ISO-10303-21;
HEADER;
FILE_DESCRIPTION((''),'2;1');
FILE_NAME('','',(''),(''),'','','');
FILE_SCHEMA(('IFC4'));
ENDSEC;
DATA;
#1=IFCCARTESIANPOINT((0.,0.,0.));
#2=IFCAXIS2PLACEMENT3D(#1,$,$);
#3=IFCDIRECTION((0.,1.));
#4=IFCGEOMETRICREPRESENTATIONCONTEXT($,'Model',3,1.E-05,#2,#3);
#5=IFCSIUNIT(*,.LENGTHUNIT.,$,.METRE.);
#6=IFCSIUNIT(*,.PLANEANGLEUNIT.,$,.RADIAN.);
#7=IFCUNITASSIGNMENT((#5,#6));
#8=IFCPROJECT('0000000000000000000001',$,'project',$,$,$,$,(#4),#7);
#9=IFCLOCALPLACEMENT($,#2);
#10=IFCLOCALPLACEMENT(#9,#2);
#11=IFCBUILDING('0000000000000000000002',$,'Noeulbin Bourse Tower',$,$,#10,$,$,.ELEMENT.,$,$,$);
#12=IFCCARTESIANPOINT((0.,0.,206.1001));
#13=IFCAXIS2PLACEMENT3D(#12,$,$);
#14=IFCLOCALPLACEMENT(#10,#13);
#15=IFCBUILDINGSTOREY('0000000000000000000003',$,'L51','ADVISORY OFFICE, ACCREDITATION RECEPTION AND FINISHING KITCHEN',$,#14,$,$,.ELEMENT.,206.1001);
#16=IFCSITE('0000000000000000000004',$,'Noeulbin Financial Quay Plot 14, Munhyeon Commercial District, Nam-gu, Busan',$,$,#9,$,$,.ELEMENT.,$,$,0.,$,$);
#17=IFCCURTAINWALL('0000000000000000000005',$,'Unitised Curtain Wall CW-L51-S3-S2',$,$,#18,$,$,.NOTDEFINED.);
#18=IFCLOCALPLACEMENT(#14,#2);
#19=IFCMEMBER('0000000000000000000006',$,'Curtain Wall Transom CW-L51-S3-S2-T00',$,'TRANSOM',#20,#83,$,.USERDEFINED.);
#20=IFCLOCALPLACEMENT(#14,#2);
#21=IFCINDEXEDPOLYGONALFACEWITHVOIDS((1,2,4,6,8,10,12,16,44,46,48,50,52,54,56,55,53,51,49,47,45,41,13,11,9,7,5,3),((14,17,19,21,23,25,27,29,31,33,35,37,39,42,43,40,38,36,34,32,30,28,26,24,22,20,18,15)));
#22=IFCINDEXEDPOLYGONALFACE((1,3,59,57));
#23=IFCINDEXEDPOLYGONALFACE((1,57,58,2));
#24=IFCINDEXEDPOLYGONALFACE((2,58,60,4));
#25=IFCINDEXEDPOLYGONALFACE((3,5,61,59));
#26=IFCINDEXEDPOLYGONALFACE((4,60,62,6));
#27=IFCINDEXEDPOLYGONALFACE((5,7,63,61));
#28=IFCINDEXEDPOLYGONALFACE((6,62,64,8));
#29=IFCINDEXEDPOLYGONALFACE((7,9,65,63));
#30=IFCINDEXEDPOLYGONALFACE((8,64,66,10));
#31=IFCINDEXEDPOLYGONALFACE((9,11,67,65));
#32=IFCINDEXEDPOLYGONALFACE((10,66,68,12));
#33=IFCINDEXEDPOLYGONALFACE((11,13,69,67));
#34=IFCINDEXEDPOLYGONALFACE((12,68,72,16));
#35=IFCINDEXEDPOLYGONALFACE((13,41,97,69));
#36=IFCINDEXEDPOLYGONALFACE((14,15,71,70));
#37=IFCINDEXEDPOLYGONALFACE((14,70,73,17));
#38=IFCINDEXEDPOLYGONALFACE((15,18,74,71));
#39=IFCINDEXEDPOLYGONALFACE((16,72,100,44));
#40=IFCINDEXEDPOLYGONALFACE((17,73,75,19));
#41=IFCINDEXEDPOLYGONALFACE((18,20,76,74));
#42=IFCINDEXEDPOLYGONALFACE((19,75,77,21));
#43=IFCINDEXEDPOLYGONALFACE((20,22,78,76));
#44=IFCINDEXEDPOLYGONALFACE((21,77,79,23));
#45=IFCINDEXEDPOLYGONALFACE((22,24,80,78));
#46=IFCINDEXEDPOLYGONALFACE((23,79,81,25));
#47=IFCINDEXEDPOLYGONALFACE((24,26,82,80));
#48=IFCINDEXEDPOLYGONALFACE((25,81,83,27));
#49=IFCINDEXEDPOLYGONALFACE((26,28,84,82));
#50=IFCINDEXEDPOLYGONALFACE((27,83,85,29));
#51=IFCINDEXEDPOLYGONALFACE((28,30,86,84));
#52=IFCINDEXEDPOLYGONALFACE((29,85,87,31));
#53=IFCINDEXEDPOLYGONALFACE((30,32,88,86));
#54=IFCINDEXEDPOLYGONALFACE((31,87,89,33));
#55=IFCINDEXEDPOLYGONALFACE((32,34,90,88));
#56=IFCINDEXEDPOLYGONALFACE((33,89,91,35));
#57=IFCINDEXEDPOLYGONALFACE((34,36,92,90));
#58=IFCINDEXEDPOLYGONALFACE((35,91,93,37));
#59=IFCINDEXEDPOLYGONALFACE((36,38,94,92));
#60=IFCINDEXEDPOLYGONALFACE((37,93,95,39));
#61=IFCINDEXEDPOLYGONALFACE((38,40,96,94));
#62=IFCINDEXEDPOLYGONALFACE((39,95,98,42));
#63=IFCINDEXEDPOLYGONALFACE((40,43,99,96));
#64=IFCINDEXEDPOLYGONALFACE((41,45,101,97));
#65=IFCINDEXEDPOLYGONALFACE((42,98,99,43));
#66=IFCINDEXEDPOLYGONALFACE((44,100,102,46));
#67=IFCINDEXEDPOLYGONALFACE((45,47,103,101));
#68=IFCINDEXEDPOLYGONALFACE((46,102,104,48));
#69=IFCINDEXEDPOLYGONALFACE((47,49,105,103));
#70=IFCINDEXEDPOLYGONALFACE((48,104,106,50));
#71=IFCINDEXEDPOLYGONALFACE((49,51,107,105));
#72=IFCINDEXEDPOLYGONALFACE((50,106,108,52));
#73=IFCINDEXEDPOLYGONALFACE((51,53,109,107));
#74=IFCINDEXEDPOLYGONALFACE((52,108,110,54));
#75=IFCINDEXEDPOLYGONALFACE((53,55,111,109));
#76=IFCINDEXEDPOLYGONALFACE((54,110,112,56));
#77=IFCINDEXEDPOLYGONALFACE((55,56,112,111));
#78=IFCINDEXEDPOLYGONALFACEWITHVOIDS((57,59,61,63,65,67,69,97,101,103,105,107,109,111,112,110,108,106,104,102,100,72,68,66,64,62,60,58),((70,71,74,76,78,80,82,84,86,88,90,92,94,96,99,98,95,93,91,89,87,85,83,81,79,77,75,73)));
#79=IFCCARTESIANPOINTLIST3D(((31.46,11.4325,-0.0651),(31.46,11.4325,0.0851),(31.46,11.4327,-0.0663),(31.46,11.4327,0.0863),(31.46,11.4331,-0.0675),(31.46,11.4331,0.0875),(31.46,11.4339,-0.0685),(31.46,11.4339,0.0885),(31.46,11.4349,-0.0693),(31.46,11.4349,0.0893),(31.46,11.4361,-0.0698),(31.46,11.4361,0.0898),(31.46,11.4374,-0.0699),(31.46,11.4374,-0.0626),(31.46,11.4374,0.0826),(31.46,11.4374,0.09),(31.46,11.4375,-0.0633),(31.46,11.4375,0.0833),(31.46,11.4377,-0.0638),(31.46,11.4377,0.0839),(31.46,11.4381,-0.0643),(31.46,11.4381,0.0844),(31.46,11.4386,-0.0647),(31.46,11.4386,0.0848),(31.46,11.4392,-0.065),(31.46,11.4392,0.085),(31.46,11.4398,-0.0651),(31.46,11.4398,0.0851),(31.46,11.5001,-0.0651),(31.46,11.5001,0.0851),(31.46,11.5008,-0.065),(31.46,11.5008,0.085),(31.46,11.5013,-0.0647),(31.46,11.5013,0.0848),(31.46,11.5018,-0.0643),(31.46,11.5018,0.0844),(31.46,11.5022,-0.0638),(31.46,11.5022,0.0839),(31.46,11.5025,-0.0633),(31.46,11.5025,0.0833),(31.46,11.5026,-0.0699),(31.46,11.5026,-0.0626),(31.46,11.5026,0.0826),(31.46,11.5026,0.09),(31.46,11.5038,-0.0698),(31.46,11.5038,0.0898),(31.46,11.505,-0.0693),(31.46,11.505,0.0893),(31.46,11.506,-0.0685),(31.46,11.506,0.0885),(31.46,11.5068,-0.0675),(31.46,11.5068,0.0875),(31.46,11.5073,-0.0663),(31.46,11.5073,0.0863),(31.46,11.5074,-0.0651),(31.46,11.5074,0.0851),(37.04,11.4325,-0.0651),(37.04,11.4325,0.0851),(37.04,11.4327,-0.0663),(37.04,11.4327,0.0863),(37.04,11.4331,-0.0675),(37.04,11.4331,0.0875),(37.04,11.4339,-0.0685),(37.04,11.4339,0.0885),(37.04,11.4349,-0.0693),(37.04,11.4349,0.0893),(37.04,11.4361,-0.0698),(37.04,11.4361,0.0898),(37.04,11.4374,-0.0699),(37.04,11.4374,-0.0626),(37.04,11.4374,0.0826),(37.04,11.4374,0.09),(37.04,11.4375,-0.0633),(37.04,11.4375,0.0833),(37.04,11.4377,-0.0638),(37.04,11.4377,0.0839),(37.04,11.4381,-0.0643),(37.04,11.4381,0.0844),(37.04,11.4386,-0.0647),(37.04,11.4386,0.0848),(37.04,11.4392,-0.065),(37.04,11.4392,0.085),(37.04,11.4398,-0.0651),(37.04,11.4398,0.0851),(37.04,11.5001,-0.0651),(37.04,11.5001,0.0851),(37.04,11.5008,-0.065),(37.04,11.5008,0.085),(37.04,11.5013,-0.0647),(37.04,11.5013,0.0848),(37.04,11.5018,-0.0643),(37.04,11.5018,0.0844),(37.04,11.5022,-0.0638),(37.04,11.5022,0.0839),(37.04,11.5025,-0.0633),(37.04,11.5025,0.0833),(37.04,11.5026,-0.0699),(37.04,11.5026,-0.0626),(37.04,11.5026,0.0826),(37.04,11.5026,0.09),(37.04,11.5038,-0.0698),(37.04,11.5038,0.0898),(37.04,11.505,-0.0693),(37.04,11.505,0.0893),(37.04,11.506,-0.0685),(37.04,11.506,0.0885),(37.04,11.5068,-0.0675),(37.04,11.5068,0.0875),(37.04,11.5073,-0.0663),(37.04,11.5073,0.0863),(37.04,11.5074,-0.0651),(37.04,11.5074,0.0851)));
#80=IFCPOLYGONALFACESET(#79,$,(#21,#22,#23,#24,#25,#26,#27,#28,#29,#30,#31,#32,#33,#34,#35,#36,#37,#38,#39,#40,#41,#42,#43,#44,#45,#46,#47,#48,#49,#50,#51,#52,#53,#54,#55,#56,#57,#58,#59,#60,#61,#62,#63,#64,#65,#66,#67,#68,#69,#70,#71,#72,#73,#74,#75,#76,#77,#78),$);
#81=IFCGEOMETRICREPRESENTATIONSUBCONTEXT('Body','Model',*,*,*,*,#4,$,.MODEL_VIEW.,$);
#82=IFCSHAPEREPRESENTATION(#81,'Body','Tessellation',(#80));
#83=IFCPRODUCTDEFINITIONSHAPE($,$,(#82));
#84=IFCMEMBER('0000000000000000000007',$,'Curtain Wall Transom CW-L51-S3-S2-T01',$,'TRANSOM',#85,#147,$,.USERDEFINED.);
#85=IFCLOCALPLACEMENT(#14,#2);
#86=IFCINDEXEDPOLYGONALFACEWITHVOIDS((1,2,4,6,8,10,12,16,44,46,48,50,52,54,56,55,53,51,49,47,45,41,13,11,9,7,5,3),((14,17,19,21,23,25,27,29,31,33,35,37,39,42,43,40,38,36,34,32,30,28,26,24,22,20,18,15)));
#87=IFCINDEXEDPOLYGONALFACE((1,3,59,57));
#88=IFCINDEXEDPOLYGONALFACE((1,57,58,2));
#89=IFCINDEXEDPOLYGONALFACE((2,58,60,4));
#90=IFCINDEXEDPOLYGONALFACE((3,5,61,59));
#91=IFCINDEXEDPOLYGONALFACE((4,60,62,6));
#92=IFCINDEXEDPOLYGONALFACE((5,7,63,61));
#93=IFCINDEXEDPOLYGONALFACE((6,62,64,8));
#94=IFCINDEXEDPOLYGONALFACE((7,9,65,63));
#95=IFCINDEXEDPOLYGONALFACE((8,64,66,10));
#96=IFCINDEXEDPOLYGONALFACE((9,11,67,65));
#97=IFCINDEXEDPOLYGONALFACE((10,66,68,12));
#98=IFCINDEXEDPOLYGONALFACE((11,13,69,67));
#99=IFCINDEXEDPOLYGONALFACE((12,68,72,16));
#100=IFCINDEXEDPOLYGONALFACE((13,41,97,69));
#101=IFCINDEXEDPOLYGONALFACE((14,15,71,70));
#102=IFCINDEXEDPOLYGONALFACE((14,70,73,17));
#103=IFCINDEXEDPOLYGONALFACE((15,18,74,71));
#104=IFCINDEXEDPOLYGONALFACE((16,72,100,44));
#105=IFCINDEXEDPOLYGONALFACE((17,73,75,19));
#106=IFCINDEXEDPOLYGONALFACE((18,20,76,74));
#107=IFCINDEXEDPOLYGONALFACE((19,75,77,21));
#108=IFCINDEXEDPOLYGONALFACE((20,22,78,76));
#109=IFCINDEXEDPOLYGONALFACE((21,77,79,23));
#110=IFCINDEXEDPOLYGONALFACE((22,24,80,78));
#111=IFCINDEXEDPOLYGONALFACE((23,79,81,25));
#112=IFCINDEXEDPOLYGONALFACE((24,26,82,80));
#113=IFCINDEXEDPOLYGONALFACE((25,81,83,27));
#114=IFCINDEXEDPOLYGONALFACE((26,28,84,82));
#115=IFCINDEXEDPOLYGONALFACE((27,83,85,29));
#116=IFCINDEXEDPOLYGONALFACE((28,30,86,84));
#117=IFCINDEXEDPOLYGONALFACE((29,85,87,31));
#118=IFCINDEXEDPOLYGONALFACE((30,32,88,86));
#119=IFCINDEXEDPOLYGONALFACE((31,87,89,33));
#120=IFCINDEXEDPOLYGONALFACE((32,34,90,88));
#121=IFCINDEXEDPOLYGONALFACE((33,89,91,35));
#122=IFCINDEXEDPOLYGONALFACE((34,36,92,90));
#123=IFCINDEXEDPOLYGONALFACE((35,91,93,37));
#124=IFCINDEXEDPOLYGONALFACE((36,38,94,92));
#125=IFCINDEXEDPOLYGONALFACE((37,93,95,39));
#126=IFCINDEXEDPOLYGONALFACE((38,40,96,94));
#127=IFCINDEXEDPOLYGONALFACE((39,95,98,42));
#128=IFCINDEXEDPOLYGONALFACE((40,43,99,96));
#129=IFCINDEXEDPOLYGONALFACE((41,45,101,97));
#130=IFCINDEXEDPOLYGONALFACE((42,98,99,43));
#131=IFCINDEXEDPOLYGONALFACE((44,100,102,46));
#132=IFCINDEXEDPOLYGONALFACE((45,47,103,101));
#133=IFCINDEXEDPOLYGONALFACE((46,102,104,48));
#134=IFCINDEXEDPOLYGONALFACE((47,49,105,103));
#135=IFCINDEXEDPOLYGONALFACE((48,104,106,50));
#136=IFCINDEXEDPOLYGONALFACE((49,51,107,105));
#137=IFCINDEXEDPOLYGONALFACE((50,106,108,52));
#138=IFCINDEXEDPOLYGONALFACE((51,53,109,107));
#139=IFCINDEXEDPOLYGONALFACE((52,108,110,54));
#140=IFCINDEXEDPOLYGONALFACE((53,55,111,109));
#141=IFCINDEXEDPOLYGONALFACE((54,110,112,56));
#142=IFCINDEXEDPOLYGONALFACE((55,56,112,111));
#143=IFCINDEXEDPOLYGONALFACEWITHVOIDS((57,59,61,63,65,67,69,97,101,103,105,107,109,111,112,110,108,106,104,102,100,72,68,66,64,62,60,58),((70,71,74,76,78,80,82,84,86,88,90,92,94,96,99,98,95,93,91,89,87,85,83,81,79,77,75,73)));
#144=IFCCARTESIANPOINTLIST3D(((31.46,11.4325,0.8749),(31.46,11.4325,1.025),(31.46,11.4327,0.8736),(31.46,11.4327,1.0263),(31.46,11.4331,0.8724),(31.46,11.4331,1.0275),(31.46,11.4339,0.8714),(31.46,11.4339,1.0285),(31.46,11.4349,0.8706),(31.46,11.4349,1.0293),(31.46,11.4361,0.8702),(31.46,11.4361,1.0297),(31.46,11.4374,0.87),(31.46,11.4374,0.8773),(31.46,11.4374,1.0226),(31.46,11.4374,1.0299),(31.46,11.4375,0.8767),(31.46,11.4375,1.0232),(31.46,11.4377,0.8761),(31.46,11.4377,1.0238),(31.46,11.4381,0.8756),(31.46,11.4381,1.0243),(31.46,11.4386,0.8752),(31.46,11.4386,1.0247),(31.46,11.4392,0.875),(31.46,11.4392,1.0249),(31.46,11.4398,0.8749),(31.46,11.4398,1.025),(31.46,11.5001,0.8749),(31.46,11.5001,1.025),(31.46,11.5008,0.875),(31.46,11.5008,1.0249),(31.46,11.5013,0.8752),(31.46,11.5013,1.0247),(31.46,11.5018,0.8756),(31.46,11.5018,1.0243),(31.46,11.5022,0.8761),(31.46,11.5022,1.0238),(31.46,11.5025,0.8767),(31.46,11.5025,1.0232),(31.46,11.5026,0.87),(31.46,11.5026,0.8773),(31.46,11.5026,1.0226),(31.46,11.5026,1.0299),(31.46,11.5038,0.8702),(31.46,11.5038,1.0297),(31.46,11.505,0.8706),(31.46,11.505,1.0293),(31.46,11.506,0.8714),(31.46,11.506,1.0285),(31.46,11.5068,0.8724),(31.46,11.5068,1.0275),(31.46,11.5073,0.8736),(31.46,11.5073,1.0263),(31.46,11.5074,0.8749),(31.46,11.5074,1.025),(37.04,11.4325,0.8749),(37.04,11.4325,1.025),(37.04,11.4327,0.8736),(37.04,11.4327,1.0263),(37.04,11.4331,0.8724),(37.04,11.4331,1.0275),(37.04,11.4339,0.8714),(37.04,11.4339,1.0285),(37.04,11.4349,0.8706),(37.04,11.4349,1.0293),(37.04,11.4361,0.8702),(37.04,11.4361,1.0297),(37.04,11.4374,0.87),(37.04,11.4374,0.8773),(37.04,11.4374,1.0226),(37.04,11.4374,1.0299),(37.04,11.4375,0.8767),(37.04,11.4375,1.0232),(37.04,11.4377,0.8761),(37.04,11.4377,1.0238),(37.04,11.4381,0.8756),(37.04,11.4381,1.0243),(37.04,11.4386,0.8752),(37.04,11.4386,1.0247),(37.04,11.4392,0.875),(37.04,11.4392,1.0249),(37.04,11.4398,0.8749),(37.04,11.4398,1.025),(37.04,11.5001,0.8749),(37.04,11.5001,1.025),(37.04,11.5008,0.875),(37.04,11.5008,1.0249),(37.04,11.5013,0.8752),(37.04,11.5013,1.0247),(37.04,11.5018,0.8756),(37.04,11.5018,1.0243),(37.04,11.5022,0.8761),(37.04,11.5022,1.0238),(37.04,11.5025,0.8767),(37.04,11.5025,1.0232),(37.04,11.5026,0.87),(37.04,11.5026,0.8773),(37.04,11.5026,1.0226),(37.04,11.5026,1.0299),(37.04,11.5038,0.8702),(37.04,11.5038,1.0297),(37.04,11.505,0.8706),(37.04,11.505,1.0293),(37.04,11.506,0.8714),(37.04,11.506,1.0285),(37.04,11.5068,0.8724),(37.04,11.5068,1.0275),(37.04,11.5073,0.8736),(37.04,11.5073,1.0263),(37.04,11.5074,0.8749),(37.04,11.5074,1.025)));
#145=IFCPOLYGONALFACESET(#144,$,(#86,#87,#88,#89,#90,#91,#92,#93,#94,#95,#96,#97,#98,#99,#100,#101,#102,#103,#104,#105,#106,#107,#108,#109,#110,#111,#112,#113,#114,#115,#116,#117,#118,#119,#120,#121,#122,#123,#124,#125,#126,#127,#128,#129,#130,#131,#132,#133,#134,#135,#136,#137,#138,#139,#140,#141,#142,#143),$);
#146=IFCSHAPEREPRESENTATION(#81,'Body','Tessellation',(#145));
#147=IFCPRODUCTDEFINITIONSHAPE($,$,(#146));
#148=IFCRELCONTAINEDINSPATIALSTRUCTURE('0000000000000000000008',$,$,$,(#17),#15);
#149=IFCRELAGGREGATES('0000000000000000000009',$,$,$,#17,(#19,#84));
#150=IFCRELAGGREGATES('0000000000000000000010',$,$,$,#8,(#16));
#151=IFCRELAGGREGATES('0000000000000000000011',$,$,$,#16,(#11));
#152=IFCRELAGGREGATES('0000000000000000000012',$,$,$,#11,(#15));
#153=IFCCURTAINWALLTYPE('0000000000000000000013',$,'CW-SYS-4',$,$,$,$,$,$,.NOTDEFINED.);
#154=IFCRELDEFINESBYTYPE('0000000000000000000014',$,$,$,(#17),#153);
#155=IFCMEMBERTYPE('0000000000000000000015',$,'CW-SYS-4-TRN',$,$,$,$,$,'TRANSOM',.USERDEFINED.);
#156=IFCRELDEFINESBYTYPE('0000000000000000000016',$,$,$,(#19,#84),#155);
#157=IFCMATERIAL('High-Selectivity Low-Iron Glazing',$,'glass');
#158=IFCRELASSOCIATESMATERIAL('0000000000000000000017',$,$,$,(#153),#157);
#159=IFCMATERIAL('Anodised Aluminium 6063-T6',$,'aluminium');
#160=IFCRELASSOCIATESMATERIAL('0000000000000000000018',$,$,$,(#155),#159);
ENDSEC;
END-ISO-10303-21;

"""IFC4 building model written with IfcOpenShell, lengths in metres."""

from ifc_helpers import new_model, si_unit, direction, frame, origin, origin_2d, place, context, subcontext, project, spatial, hollow_rectangle, extrude, material, material_profile, profile_set, type_object, element, aggregate, save


model = new_model("IFC4")

# Units and contexts
model_context = context("Model", 3, precision=1e-05, world=origin(), true_north=direction((0.0, 1.0)))
body_context = subcontext(model_context, "Body", "Model", "MODEL_VIEW")
ifc_project = project(units=[si_unit("LENGTHUNIT", "METRE"), si_unit("PLANEANGLEUNIT", "RADIAN")], contexts=[model_context])

# Site, building, storey
site_placement = place(None, origin())
site = spatial("IfcSite", under=ifc_project, at=site_placement, Name="Noeulbin Financial Quay Plot 14, Munhyeon Commercial District, Nam-gu, Busan", CompositionType="ELEMENT", RefElevation=0.0)
building_placement = place(site_placement, origin())
building = spatial("IfcBuilding", under=site, at=building_placement, Name="Noeulbin Bourse Tower", CompositionType="ELEMENT")
storey_placement = place(building_placement, frame((0.0, 0.0, 206.1001)))
storey = spatial("IfcBuildingStorey", under=building, at=storey_placement, Name="L51", Description="ADVISORY OFFICE, ACCREDITATION RECEPTION AND FINISHING KITCHEN", CompositionType="ELEMENT", Elevation=206.1001)

# Curtain wall
ifc_material_1 = material(Name="High-Selectivity Low-Iron Glazing", Category="glass")
curtain_wall_type = type_object("IfcCurtainWallType", Name="CW-SYS-4", PredefinedType="NOTDEFINED", material=ifc_material_1)
ifc_material_2 = material(Name="Anodised Aluminium 6063-T6", Category="aluminium")
curtain_wall_1_placement = place(storey_placement, origin())
curtain_wall_1 = element("IfcCurtainWall", 1, at=curtain_wall_1_placement, inside=storey, type_object=curtain_wall_type, Name="Unitised Curtain Wall CW-L51-S3-S2", PredefinedType="NOTDEFINED")

# Members
ifc_material_profile_1 = material_profile(ifc_material_2, hollow_rectangle(XDim=0.075, YDim=0.1599, WallThickness=0.0049, InnerFilletRadius=0.0024, OuterFilletRadius=0.0049, at=origin_2d()), Name="ALU-TRAN-75x160x5", Category="LoadBearing")
ifc_profile_set_1 = profile_set([ifc_material_profile_1], Name="Anodised Aluminium 6063-T6")
member_type_1 = type_object("IfcMemberType", Name="CW-SYS-4-TRN", ElementType="TRANSOM", PredefinedType="USERDEFINED", material=ifc_profile_set_1)
member_1_placement = place(storey_placement, frame((31.46, 11.47, 0.01), z_axis=(1.0, 0.0, 0.0), x_axis=(0.0, 1.0, 0.0)))
member_1 = element("IfcMember", 2, at=member_1_placement, type_object=member_type_1, Name="Curtain Wall Transom CW-L51-S3-S2-T00", ObjectType="TRANSOM", PredefinedType="USERDEFINED", context=body_context, shape_type="SweptSolid", body=[
    extrude(hollow_rectangle(XDim=0.075, YDim=0.1599, WallThickness=0.0049, InnerFilletRadius=0.0024, OuterFilletRadius=0.0049, at=origin_2d()), origin(), (0.0, 0.0, 1.0), 5.5801),
])
member_2_placement = place(storey_placement, frame((31.46, 11.47, 0.95), z_axis=(1.0, 0.0, 0.0), x_axis=(0.0, 1.0, 0.0)))
member_2 = element("IfcMember", 3, at=member_2_placement, type_object=member_type_1, Name="Curtain Wall Transom CW-L51-S3-S2-T01", ObjectType="TRANSOM", PredefinedType="USERDEFINED", context=body_context, shape_type="SweptSolid", body=[
    extrude(hollow_rectangle(XDim=0.075, YDim=0.1599, WallThickness=0.0049, InnerFilletRadius=0.0024, OuterFilletRadius=0.0049, at=origin_2d()), origin(), (0.0, 0.0, 1.0), 5.5801),
])

aggregate(curtain_wall_1, [member_1, member_2])

save(model, "model.ifc")
